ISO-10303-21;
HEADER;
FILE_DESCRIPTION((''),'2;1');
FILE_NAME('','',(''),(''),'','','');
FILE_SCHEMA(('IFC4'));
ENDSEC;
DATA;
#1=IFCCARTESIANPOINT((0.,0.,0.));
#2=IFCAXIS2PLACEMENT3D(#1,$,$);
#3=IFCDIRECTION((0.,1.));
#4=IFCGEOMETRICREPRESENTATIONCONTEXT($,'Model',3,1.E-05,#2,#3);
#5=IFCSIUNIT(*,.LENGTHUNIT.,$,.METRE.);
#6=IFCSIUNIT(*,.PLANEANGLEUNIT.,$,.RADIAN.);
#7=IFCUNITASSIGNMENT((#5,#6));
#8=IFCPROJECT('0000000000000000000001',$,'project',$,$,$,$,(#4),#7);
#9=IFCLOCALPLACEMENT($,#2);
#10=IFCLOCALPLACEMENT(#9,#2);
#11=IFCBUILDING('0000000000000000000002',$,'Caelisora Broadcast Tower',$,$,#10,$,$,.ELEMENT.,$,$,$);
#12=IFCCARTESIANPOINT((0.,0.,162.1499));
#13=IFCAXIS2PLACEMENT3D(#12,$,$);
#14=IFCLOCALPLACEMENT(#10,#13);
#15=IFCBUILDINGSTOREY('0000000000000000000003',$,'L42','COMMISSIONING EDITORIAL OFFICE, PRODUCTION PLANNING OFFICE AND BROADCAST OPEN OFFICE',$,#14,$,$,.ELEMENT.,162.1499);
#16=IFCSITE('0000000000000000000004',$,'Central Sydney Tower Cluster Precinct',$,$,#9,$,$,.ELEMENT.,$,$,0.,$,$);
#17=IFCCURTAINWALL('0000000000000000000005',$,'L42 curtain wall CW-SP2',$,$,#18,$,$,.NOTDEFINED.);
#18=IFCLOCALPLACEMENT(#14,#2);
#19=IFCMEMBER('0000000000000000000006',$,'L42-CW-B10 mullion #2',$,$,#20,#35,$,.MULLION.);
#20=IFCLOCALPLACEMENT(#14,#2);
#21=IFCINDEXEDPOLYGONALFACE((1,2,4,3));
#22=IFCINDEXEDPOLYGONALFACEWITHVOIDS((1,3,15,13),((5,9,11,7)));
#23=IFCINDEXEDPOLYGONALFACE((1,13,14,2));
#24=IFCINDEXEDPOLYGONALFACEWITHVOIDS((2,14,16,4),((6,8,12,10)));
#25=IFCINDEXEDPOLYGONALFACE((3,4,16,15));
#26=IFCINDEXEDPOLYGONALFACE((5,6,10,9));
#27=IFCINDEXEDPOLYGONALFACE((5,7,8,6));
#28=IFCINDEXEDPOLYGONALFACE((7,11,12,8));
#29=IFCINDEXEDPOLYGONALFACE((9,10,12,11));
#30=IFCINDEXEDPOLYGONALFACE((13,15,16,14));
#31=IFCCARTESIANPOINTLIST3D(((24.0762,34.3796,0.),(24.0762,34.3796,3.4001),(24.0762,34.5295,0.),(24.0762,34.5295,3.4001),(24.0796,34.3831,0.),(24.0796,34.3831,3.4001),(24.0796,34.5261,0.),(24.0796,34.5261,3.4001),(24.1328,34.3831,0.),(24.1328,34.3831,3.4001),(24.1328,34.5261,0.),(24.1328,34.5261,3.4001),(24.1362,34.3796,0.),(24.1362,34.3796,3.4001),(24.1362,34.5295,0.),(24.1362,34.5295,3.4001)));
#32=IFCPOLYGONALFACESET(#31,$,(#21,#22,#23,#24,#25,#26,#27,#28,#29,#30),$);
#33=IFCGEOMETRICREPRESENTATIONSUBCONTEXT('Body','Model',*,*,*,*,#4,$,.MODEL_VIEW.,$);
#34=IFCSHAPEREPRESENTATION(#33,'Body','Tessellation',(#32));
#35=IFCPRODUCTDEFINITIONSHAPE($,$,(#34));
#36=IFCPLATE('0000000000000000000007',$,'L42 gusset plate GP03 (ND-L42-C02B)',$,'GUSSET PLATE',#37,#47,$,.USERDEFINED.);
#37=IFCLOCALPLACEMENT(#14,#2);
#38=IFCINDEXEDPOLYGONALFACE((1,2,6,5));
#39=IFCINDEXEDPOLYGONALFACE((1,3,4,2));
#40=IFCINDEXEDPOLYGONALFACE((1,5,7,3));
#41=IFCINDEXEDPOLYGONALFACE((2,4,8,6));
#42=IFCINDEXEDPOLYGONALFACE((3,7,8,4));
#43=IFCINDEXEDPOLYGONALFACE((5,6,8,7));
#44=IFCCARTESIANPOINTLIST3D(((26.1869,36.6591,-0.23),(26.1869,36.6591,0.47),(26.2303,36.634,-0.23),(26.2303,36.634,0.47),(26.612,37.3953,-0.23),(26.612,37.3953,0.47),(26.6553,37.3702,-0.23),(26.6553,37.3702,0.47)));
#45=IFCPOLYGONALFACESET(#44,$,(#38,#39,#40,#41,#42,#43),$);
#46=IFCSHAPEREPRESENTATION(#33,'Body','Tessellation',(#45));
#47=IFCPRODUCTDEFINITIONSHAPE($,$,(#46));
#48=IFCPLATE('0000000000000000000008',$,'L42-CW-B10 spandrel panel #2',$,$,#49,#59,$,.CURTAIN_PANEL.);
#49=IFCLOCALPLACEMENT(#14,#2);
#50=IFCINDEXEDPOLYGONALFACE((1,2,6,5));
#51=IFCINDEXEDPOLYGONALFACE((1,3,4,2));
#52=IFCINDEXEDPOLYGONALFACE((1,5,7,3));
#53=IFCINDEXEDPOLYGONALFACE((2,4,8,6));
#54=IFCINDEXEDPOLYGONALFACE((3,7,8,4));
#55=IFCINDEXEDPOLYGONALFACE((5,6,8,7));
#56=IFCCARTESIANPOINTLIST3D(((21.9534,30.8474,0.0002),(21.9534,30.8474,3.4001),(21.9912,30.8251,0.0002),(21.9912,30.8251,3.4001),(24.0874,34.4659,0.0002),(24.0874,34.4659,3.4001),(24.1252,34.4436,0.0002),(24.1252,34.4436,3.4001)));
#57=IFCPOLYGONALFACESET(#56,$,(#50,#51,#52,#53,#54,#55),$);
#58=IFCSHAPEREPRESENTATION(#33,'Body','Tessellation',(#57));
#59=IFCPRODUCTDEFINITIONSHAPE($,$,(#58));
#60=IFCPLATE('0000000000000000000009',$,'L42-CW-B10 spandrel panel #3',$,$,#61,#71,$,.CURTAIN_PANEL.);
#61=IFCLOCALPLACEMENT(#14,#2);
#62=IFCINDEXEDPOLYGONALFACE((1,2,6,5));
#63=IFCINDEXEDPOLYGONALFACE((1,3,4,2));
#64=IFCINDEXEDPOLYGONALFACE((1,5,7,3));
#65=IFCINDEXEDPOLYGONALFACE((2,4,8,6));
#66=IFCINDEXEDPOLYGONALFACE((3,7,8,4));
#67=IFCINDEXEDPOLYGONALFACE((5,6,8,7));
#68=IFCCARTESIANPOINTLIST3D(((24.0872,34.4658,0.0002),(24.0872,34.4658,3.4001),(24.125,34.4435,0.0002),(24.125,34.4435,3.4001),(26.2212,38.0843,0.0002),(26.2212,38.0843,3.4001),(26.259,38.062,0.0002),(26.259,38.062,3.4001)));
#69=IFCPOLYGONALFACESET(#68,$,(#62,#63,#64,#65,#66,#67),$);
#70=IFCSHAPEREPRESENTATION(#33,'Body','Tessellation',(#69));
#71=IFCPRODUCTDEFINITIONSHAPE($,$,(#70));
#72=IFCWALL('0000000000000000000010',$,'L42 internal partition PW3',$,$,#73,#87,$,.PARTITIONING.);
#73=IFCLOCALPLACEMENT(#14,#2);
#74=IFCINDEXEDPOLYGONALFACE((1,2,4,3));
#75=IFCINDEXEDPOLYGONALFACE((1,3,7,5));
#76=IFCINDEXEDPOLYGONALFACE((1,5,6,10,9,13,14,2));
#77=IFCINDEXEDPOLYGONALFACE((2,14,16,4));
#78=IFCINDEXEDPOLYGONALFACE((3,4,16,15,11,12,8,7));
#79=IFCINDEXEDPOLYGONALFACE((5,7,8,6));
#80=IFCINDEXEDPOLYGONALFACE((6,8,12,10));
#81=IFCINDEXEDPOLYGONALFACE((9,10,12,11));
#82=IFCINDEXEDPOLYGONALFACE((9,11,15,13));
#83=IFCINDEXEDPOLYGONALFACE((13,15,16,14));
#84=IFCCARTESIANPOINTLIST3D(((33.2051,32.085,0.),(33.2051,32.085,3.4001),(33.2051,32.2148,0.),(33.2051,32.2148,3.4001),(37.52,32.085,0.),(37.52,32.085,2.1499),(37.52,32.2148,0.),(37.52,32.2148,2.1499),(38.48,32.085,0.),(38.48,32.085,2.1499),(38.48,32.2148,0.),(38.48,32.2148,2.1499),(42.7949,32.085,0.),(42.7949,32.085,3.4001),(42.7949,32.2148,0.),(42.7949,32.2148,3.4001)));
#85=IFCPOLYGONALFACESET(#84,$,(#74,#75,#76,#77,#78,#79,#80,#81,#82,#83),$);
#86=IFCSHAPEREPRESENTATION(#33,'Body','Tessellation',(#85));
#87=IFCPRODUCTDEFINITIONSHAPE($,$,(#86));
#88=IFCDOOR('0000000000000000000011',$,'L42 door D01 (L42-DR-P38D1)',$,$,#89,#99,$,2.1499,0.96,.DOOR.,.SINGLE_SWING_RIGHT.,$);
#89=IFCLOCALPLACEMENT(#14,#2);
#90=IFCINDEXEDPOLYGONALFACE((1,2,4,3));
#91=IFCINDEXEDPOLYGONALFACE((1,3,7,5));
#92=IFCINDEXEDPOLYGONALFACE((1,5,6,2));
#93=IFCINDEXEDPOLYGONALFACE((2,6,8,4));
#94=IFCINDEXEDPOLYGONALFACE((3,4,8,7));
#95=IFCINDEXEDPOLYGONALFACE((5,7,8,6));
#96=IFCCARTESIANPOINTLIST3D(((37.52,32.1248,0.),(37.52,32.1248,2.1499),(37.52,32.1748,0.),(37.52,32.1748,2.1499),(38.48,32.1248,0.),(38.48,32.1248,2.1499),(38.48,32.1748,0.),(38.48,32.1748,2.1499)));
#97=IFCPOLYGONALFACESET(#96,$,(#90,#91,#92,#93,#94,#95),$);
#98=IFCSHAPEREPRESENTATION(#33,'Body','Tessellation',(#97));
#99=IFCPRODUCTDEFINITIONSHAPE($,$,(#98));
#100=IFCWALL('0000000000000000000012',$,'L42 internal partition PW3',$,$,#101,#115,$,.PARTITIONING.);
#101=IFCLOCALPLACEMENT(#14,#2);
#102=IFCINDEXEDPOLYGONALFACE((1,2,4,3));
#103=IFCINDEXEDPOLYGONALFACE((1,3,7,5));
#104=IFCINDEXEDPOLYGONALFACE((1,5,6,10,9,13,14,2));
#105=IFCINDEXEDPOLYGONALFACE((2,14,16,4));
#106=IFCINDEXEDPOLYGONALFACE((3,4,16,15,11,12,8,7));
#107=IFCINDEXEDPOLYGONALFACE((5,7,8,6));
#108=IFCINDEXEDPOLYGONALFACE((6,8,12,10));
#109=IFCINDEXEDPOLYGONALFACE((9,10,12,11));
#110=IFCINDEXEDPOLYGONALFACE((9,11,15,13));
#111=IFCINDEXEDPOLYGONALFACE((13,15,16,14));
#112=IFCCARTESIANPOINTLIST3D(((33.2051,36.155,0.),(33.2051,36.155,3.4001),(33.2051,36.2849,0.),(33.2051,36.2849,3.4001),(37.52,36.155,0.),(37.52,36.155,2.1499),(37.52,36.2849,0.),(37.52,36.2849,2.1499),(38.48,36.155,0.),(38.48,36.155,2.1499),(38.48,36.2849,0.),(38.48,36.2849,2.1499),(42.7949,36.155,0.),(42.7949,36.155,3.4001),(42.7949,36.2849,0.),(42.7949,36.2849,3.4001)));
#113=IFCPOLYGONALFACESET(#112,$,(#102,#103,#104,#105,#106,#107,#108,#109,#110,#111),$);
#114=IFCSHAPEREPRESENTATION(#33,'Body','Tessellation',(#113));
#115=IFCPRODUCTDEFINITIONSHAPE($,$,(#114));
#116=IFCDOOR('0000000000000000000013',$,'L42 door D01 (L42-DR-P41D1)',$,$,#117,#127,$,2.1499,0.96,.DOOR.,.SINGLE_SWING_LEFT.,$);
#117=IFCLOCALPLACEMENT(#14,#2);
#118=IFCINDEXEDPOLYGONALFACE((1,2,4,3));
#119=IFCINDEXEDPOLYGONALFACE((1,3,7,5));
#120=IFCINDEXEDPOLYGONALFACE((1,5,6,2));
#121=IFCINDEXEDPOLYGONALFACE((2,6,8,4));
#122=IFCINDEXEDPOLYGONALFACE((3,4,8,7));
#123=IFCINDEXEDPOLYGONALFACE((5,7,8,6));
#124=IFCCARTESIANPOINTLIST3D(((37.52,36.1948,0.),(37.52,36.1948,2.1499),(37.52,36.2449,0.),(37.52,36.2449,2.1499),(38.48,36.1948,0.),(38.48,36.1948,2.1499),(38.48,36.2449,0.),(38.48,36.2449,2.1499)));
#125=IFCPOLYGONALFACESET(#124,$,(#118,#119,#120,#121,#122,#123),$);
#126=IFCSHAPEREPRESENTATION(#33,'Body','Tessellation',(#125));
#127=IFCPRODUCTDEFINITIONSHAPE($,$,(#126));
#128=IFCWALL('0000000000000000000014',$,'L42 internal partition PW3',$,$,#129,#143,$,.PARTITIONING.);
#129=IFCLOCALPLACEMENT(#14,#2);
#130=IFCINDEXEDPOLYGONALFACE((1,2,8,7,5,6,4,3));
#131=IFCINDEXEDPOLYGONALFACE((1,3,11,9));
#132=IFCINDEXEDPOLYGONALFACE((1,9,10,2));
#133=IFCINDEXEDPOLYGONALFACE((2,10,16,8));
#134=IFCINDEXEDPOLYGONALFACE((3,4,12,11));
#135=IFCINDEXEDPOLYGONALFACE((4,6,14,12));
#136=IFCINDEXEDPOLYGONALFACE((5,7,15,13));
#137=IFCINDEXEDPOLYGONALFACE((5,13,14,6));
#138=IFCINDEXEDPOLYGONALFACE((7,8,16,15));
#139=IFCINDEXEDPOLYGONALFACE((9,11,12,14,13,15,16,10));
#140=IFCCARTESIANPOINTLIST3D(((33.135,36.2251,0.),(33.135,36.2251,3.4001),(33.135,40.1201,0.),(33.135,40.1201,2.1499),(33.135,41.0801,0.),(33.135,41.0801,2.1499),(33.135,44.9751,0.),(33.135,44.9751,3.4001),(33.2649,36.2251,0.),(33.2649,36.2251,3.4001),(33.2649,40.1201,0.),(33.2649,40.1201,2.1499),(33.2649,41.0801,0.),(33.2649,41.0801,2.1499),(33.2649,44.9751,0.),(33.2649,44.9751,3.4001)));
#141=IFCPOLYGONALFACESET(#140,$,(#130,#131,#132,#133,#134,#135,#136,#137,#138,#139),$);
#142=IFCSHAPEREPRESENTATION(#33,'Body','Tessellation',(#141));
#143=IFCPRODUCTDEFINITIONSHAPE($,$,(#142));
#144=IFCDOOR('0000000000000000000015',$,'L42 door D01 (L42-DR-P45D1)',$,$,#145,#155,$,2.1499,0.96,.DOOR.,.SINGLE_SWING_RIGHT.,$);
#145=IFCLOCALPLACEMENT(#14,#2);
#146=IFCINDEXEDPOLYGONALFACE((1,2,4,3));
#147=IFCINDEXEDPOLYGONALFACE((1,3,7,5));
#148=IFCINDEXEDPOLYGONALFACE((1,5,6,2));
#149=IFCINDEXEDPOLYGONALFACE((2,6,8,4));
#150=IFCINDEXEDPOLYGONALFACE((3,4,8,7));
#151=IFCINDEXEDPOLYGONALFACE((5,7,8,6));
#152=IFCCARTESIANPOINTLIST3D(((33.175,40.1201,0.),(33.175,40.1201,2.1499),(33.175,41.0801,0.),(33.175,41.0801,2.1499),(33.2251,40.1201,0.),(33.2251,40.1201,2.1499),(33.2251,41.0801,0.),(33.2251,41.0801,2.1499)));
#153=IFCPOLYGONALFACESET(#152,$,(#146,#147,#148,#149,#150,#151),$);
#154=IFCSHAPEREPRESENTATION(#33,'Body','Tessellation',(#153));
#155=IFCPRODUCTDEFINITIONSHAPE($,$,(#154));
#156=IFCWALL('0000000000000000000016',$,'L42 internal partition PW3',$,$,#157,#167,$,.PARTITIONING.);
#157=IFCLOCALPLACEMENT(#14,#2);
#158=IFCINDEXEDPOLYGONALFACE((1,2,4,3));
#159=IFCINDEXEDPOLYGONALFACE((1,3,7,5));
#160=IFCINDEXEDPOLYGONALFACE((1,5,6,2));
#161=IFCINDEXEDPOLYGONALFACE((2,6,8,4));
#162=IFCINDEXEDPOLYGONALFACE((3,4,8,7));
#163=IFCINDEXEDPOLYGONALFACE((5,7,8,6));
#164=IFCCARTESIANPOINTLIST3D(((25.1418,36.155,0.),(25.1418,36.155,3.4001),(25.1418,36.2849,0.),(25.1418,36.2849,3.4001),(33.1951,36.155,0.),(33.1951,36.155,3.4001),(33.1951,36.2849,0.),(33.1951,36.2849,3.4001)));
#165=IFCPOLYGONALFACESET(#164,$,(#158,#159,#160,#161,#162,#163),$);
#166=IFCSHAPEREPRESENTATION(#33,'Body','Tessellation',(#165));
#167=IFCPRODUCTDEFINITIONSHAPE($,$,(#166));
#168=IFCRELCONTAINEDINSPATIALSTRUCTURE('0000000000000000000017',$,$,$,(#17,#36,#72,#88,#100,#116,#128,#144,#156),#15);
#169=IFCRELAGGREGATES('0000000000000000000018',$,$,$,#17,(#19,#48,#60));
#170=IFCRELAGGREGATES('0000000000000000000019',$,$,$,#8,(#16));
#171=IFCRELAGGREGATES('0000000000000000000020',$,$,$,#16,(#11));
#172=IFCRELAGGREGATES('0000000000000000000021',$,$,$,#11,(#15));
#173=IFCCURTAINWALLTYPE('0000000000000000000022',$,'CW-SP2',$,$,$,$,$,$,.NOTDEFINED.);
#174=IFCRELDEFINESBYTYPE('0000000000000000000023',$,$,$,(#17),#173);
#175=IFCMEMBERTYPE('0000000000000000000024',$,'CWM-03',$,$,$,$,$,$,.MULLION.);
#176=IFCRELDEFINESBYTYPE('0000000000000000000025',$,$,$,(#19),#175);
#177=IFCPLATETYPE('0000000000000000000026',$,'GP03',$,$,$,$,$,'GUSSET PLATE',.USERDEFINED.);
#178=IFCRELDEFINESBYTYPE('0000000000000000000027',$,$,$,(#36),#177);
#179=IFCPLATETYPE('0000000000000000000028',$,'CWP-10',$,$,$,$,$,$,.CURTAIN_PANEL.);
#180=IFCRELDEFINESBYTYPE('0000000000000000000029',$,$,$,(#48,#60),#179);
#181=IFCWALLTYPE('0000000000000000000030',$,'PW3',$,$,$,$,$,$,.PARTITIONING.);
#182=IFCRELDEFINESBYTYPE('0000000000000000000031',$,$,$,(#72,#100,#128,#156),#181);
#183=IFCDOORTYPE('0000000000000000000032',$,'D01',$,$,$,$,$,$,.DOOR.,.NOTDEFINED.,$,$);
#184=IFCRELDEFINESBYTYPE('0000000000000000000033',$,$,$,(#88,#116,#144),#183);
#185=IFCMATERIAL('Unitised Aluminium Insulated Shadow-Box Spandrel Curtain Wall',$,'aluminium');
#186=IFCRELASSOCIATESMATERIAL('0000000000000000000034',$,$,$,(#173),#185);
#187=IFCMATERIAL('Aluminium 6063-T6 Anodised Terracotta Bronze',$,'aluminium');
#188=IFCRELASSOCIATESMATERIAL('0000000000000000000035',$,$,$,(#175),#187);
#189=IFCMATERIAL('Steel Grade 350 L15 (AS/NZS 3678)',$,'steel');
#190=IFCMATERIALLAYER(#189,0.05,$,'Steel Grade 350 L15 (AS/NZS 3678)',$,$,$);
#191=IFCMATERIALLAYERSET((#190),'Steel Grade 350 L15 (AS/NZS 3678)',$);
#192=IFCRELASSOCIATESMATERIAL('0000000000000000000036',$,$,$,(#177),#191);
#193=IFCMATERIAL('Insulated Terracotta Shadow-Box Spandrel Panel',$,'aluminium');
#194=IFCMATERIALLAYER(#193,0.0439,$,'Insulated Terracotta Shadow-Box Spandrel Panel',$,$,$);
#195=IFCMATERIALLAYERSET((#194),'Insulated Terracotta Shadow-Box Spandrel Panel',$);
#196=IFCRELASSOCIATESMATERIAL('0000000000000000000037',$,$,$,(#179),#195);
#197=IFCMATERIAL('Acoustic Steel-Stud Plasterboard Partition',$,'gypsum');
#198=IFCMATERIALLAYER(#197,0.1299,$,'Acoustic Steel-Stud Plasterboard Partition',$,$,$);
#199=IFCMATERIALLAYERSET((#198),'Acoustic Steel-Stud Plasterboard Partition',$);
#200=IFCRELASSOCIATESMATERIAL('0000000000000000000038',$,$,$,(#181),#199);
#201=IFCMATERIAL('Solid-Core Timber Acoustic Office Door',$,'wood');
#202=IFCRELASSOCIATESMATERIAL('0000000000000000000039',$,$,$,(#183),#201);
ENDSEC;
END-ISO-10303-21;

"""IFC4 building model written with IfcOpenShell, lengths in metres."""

from ifc_helpers import new_model, si_unit, direction, frame, frame_2d, origin, origin_2d, place, context, subcontext, project, spatial, rectangle, hollow_rectangle, extrude, source, transform, mapped, material, layer, layer_set, material_profile, profile_set, type_object, type_shapes, element, fill, aggregate, save


model = new_model("IFC4")

# Units and contexts
model_context = context("Model", 3, precision=1e-05, world=origin(), true_north=direction((0.0, 1.0)))
body_context = subcontext(model_context, "Body", "Model", "MODEL_VIEW")
ifc_project = project(units=[si_unit("LENGTHUNIT", "METRE"), si_unit("PLANEANGLEUNIT", "RADIAN")], contexts=[model_context])

# Site, building, storey
site_placement = place(None, origin())
site = spatial("IfcSite", under=ifc_project, at=site_placement, Name="Central Sydney Tower Cluster Precinct", CompositionType="ELEMENT", RefElevation=0.0)
building_placement = place(site_placement, origin())
building = spatial("IfcBuilding", under=site, at=building_placement, Name="Caelisora Broadcast Tower", CompositionType="ELEMENT")
storey_placement = place(building_placement, frame((0.0, 0.0, 162.1499)))
storey = spatial("IfcBuildingStorey", under=building, at=storey_placement, Name="L42", Description="COMMISSIONING EDITORIAL OFFICE, PRODUCTION PLANNING OFFICE AND BROADCAST OPEN OFFICE", CompositionType="ELEMENT", Elevation=162.1499)

# Shared definitions
ifc_material_1 = material(Name="Steel Grade 350 L15 (AS/NZS 3678)", Category="steel")

# Curtain wall, member
ifc_material_2 = material(Name="Unitised Aluminium Insulated Shadow-Box Spandrel Curtain Wall", Category="aluminium")
curtain_wall_type = type_object("IfcCurtainWallType", Name="CW-SP2", PredefinedType="NOTDEFINED", material=ifc_material_2)
curtain_wall_placement = place(storey_placement, origin())
curtain_wall = element("IfcCurtainWall", 1, at=curtain_wall_placement, inside=storey, type_object=curtain_wall_type, Name="L42 curtain wall CW-SP2", PredefinedType="NOTDEFINED")
ifc_material_3 = material(Name="Aluminium 6063-T6 Anodised Terracotta Bronze", Category="aluminium")
ifc_material_profile_1 = material_profile(ifc_material_3, hollow_rectangle(XDim=0.0601, YDim=0.1499, WallThickness=0.0034, at=origin_2d()), Name="Aluminium 6063-T6 Anodised Terracotta Bronze")
ifc_profile_set_1 = profile_set([ifc_material_profile_1], Name="Aluminium 6063-T6 Anodised Terracotta Bronze")
member_type_1 = type_object("IfcMemberType", Name="CWM-03", PredefinedType="MULLION", material=ifc_profile_set_1)
shared_shape_1 = source(origin(), body_context, "Body", "SweptSolid", [
    extrude(hollow_rectangle(XDim=0.0601, YDim=0.1499, WallThickness=0.0034, at=origin_2d()), origin(), (0.0, 0.0, 1.0), 3.4001),
])
type_shapes(member_type_1, [shared_shape_1])
member_1_placement = place(storey_placement, frame((24.1062, 34.4546, 0.0), z_axis=(0.0, 0.0, 1.0), x_axis=(1.0, 0.0, 0.0)))
member_1 = element("IfcMember", 2, at=member_1_placement, type_object=member_type_1, Name="L42-CW-B10 mullion #2", PredefinedType="MULLION", context=body_context, shape_type="MappedRepresentation", body=[
    mapped(shared_shape_1, transform((0.0, 0.0, 0.0), scale=1.0)),
])

# Plates
ifc_layer_1 = layer(ifc_material_1, 0.05, Name="Steel Grade 350 L15 (AS/NZS 3678)")
ifc_layer_set_1 = layer_set([ifc_layer_1], Name="Steel Grade 350 L15 (AS/NZS 3678)")
plate_type_1 = type_object("IfcPlateType", Name="GP03", ElementType="GUSSET PLATE", PredefinedType="USERDEFINED", material=ifc_layer_set_1)
shared_shape_2 = source(origin(), body_context, "Body", "SweptSolid", [
    extrude(rectangle(XDim=0.8501, YDim=0.05, at=origin_2d()), origin(), (0.0, 0.0, 1.0), 0.7),
])
type_shapes(plate_type_1, [shared_shape_2])
plate_1_placement = place(storey_placement, frame((26.4211, 37.0146, -0.23), z_axis=(0.0, 0.0, 1.0), x_axis=(-0.5, -0.866025, 0.0)))
element("IfcPlate", 3, at=plate_1_placement, inside=storey, type_object=plate_type_1, Name="L42 gusset plate GP03 (ND-L42-C02B)", ObjectType="GUSSET PLATE", PredefinedType="USERDEFINED", context=body_context, shape_type="MappedRepresentation", body=[
    mapped(shared_shape_2, transform((0.0, 0.0, 0.0), scale=1.0)),
])
ifc_material_4 = material(Name="Insulated Terracotta Shadow-Box Spandrel Panel", Category="aluminium")
ifc_layer_2 = layer(ifc_material_4, 0.0439, Name="Insulated Terracotta Shadow-Box Spandrel Panel")
ifc_layer_set_2 = layer_set([ifc_layer_2], Name="Insulated Terracotta Shadow-Box Spandrel Panel")
plate_type_2 = type_object("IfcPlateType", Name="CWP-10", PredefinedType="CURTAIN_PANEL", material=ifc_layer_set_2)
shared_shape_3 = source(origin(), body_context, "Body", "SweptSolid", [
    extrude(rectangle(XDim=4.2009, YDim=0.0439, at=origin_2d()), origin(), (0.0, 0.0, 1.0), 3.3999),
])
type_shapes(plate_type_2, [shared_shape_3])
plate_2_placement = place(storey_placement, frame((23.0393, 32.6455, 0.0002), z_axis=(0.0, 0.0, 1.0), x_axis=(0.507989, 0.861363, 0.0)))
plate_2 = element("IfcPlate", 4, at=plate_2_placement, type_object=plate_type_2, Name="L42-CW-B10 spandrel panel #2", PredefinedType="CURTAIN_PANEL", context=body_context, shape_type="MappedRepresentation", body=[
    mapped(shared_shape_3, transform((0.0, 0.0, 0.0), scale=1.0)),
])
plate_3_placement = place(storey_placement, frame((25.1731, 36.2639, 0.0002), z_axis=(0.0, 0.0, 1.0), x_axis=(0.507989, 0.861363, 0.0)))
plate_3 = element("IfcPlate", 5, at=plate_3_placement, type_object=plate_type_2, Name="L42-CW-B10 spandrel panel #3", PredefinedType="CURTAIN_PANEL", context=body_context, shape_type="MappedRepresentation", body=[
    mapped(shared_shape_3, transform((0.0, 0.0, 0.0), scale=1.0)),
])
aggregate(curtain_wall, [member_1, plate_2, plate_3])

# Walls, openings, doors
ifc_material_5 = material(Name="Acoustic Steel-Stud Plasterboard Partition", Category="gypsum")
ifc_layer_3 = layer(ifc_material_5, 0.1299, Name="Acoustic Steel-Stud Plasterboard Partition")
ifc_layer_set_3 = layer_set([ifc_layer_3], Name="Acoustic Steel-Stud Plasterboard Partition")
wall_type = type_object("IfcWallType", Name="PW3", PredefinedType="PARTITIONING", material=ifc_layer_set_3)
wall_1_placement = place(storey_placement, frame((33.2051, 32.1499, 0.0), z_axis=(0.0, 0.0, 1.0), x_axis=(1.0, 0.0, 0.0)))
wall_1 = element("IfcWall", 6, at=wall_1_placement, inside=storey, type_object=wall_type, Name="L42 internal partition PW3", PredefinedType="PARTITIONING", context=body_context, shape_type="SweptSolid", body=[
    extrude(rectangle(XDim=9.5898, YDim=0.1299, at=frame_2d((4.7949, 0.0))), origin(), (0.0, 0.0, 1.0), 3.4001),
])
opening_1_placement = place(wall_1_placement, frame((4.3149, 0.0, 0.0)))
opening_1 = element("IfcOpeningElement", 7, at=opening_1_placement, cuts=wall_1, PredefinedType="OPENING", context=body_context, shape_type="SweptSolid", body=[
    extrude(rectangle(XDim=0.96, YDim=2.1499, at=frame_2d((0.48, 1.075))), frame((0.0, 0.0769, 0.0), z_axis=(0.0, -1.0, 0.0), x_axis=(1.0, 0.0, 0.0)), (0.0, 0.0, 1.0), 0.1538),
])
ifc_material_6 = material(Name="Solid-Core Timber Acoustic Office Door", Category="wood")
door_type = type_object("IfcDoorType", Name="D01", OperationType="NOTDEFINED", PredefinedType="DOOR", material=ifc_material_6)
door_1_placement = place(opening_1_placement, origin())
door_1 = element("IfcDoor", 8, at=door_1_placement, inside=storey, type_object=door_type, Name="L42 door D01 (L42-DR-P38D1)", OperationType="SINGLE_SWING_RIGHT", OverallHeight=2.1499, OverallWidth=0.96, PredefinedType="DOOR", context=body_context, shape_type="SweptSolid", body=[
    extrude(rectangle(XDim=0.96, YDim=2.1499, at=frame_2d((0.48, 1.075))), frame((0.0, 0.0249, 0.0), z_axis=(0.0, -1.0, 0.0), x_axis=(1.0, 0.0, 0.0)), (0.0, 0.0, 1.0), 0.05),
])
fill(opening_1, door_1)
wall_2_placement = place(storey_placement, frame((33.2051, 36.22, 0.0), z_axis=(0.0, 0.0, 1.0), x_axis=(1.0, 0.0, 0.0)))
wall_2 = element("IfcWall", 9, at=wall_2_placement, inside=storey, type_object=wall_type, Name="L42 internal partition PW3", PredefinedType="PARTITIONING", context=body_context, shape_type="SweptSolid", body=[
    extrude(rectangle(XDim=9.5898, YDim=0.1299, at=frame_2d((4.7949, 0.0))), origin(), (0.0, 0.0, 1.0), 3.4001),
])
opening_2_placement = place(wall_2_placement, frame((4.3149, 0.0, 0.0)))
opening_2 = element("IfcOpeningElement", 10, at=opening_2_placement, cuts=wall_2, PredefinedType="OPENING", context=body_context, shape_type="SweptSolid", body=[
    extrude(rectangle(XDim=0.96, YDim=2.1499, at=frame_2d((0.48, 1.075))), frame((0.0, 0.0769, 0.0), z_axis=(0.0, -1.0, 0.0), x_axis=(1.0, 0.0, 0.0)), (0.0, 0.0, 1.0), 0.1538),
])
door_2_placement = place(opening_2_placement, origin())
door_2 = element("IfcDoor", 11, at=door_2_placement, inside=storey, type_object=door_type, Name="L42 door D01 (L42-DR-P41D1)", OperationType="SINGLE_SWING_LEFT", OverallHeight=2.1499, OverallWidth=0.96, PredefinedType="DOOR", context=body_context, shape_type="SweptSolid", body=[
    extrude(rectangle(XDim=0.96, YDim=2.1499, at=frame_2d((0.48, 1.075))), frame((0.0, 0.0249, 0.0), z_axis=(0.0, -1.0, 0.0), x_axis=(1.0, 0.0, 0.0)), (0.0, 0.0, 1.0), 0.05),
])
fill(opening_2, door_2)
wall_3_placement = place(storey_placement, frame((33.2, 36.2251, 0.0), z_axis=(0.0, 0.0, 1.0), x_axis=(0.0, 1.0, 0.0)))
wall_3 = element("IfcWall", 12, at=wall_3_placement, inside=storey, type_object=wall_type, Name="L42 internal partition PW3", PredefinedType="PARTITIONING", context=body_context, shape_type="SweptSolid", body=[
    extrude(rectangle(XDim=8.75, YDim=0.1299, at=frame_2d((4.375, 0.0))), origin(), (0.0, 0.0, 1.0), 3.4001),
])
opening_3_placement = place(wall_3_placement, frame((3.895, 0.0, 0.0)))
opening_3 = element("IfcOpeningElement", 13, at=opening_3_placement, cuts=wall_3, PredefinedType="OPENING", context=body_context, shape_type="SweptSolid", body=[
    extrude(rectangle(XDim=0.96, YDim=2.1499, at=frame_2d((0.48, 1.075))), frame((0.0, 0.0769, 0.0), z_axis=(0.0, -1.0, 0.0), x_axis=(1.0, 0.0, 0.0)), (0.0, 0.0, 1.0), 0.1538),
])
door_3_placement = place(opening_3_placement, origin())
door_3 = element("IfcDoor", 14, at=door_3_placement, inside=storey, type_object=door_type, Name="L42 door D01 (L42-DR-P45D1)", OperationType="SINGLE_SWING_RIGHT", OverallHeight=2.1499, OverallWidth=0.96, PredefinedType="DOOR", context=body_context, shape_type="SweptSolid", body=[
    extrude(rectangle(XDim=0.96, YDim=2.1499, at=frame_2d((0.48, 1.075))), frame((0.0, 0.0249, 0.0), z_axis=(0.0, -1.0, 0.0), x_axis=(1.0, 0.0, 0.0)), (0.0, 0.0, 1.0), 0.05),
])
fill(opening_3, door_3)

# Wall
wall_4_placement = place(storey_placement, frame((25.1418, 36.22, 0.0), z_axis=(0.0, 0.0, 1.0), x_axis=(1.0, 0.0, 0.0)))
element("IfcWall", 15, at=wall_4_placement, inside=storey, type_object=wall_type, Name="L42 internal partition PW3", PredefinedType="PARTITIONING", context=body_context, shape_type="SweptSolid", body=[
    extrude(rectangle(XDim=8.0532, YDim=0.1299, at=frame_2d((4.0266, 0.0))), origin(), (0.0, 0.0, 1.0), 3.4001),
])

save(model, "model.ifc")
